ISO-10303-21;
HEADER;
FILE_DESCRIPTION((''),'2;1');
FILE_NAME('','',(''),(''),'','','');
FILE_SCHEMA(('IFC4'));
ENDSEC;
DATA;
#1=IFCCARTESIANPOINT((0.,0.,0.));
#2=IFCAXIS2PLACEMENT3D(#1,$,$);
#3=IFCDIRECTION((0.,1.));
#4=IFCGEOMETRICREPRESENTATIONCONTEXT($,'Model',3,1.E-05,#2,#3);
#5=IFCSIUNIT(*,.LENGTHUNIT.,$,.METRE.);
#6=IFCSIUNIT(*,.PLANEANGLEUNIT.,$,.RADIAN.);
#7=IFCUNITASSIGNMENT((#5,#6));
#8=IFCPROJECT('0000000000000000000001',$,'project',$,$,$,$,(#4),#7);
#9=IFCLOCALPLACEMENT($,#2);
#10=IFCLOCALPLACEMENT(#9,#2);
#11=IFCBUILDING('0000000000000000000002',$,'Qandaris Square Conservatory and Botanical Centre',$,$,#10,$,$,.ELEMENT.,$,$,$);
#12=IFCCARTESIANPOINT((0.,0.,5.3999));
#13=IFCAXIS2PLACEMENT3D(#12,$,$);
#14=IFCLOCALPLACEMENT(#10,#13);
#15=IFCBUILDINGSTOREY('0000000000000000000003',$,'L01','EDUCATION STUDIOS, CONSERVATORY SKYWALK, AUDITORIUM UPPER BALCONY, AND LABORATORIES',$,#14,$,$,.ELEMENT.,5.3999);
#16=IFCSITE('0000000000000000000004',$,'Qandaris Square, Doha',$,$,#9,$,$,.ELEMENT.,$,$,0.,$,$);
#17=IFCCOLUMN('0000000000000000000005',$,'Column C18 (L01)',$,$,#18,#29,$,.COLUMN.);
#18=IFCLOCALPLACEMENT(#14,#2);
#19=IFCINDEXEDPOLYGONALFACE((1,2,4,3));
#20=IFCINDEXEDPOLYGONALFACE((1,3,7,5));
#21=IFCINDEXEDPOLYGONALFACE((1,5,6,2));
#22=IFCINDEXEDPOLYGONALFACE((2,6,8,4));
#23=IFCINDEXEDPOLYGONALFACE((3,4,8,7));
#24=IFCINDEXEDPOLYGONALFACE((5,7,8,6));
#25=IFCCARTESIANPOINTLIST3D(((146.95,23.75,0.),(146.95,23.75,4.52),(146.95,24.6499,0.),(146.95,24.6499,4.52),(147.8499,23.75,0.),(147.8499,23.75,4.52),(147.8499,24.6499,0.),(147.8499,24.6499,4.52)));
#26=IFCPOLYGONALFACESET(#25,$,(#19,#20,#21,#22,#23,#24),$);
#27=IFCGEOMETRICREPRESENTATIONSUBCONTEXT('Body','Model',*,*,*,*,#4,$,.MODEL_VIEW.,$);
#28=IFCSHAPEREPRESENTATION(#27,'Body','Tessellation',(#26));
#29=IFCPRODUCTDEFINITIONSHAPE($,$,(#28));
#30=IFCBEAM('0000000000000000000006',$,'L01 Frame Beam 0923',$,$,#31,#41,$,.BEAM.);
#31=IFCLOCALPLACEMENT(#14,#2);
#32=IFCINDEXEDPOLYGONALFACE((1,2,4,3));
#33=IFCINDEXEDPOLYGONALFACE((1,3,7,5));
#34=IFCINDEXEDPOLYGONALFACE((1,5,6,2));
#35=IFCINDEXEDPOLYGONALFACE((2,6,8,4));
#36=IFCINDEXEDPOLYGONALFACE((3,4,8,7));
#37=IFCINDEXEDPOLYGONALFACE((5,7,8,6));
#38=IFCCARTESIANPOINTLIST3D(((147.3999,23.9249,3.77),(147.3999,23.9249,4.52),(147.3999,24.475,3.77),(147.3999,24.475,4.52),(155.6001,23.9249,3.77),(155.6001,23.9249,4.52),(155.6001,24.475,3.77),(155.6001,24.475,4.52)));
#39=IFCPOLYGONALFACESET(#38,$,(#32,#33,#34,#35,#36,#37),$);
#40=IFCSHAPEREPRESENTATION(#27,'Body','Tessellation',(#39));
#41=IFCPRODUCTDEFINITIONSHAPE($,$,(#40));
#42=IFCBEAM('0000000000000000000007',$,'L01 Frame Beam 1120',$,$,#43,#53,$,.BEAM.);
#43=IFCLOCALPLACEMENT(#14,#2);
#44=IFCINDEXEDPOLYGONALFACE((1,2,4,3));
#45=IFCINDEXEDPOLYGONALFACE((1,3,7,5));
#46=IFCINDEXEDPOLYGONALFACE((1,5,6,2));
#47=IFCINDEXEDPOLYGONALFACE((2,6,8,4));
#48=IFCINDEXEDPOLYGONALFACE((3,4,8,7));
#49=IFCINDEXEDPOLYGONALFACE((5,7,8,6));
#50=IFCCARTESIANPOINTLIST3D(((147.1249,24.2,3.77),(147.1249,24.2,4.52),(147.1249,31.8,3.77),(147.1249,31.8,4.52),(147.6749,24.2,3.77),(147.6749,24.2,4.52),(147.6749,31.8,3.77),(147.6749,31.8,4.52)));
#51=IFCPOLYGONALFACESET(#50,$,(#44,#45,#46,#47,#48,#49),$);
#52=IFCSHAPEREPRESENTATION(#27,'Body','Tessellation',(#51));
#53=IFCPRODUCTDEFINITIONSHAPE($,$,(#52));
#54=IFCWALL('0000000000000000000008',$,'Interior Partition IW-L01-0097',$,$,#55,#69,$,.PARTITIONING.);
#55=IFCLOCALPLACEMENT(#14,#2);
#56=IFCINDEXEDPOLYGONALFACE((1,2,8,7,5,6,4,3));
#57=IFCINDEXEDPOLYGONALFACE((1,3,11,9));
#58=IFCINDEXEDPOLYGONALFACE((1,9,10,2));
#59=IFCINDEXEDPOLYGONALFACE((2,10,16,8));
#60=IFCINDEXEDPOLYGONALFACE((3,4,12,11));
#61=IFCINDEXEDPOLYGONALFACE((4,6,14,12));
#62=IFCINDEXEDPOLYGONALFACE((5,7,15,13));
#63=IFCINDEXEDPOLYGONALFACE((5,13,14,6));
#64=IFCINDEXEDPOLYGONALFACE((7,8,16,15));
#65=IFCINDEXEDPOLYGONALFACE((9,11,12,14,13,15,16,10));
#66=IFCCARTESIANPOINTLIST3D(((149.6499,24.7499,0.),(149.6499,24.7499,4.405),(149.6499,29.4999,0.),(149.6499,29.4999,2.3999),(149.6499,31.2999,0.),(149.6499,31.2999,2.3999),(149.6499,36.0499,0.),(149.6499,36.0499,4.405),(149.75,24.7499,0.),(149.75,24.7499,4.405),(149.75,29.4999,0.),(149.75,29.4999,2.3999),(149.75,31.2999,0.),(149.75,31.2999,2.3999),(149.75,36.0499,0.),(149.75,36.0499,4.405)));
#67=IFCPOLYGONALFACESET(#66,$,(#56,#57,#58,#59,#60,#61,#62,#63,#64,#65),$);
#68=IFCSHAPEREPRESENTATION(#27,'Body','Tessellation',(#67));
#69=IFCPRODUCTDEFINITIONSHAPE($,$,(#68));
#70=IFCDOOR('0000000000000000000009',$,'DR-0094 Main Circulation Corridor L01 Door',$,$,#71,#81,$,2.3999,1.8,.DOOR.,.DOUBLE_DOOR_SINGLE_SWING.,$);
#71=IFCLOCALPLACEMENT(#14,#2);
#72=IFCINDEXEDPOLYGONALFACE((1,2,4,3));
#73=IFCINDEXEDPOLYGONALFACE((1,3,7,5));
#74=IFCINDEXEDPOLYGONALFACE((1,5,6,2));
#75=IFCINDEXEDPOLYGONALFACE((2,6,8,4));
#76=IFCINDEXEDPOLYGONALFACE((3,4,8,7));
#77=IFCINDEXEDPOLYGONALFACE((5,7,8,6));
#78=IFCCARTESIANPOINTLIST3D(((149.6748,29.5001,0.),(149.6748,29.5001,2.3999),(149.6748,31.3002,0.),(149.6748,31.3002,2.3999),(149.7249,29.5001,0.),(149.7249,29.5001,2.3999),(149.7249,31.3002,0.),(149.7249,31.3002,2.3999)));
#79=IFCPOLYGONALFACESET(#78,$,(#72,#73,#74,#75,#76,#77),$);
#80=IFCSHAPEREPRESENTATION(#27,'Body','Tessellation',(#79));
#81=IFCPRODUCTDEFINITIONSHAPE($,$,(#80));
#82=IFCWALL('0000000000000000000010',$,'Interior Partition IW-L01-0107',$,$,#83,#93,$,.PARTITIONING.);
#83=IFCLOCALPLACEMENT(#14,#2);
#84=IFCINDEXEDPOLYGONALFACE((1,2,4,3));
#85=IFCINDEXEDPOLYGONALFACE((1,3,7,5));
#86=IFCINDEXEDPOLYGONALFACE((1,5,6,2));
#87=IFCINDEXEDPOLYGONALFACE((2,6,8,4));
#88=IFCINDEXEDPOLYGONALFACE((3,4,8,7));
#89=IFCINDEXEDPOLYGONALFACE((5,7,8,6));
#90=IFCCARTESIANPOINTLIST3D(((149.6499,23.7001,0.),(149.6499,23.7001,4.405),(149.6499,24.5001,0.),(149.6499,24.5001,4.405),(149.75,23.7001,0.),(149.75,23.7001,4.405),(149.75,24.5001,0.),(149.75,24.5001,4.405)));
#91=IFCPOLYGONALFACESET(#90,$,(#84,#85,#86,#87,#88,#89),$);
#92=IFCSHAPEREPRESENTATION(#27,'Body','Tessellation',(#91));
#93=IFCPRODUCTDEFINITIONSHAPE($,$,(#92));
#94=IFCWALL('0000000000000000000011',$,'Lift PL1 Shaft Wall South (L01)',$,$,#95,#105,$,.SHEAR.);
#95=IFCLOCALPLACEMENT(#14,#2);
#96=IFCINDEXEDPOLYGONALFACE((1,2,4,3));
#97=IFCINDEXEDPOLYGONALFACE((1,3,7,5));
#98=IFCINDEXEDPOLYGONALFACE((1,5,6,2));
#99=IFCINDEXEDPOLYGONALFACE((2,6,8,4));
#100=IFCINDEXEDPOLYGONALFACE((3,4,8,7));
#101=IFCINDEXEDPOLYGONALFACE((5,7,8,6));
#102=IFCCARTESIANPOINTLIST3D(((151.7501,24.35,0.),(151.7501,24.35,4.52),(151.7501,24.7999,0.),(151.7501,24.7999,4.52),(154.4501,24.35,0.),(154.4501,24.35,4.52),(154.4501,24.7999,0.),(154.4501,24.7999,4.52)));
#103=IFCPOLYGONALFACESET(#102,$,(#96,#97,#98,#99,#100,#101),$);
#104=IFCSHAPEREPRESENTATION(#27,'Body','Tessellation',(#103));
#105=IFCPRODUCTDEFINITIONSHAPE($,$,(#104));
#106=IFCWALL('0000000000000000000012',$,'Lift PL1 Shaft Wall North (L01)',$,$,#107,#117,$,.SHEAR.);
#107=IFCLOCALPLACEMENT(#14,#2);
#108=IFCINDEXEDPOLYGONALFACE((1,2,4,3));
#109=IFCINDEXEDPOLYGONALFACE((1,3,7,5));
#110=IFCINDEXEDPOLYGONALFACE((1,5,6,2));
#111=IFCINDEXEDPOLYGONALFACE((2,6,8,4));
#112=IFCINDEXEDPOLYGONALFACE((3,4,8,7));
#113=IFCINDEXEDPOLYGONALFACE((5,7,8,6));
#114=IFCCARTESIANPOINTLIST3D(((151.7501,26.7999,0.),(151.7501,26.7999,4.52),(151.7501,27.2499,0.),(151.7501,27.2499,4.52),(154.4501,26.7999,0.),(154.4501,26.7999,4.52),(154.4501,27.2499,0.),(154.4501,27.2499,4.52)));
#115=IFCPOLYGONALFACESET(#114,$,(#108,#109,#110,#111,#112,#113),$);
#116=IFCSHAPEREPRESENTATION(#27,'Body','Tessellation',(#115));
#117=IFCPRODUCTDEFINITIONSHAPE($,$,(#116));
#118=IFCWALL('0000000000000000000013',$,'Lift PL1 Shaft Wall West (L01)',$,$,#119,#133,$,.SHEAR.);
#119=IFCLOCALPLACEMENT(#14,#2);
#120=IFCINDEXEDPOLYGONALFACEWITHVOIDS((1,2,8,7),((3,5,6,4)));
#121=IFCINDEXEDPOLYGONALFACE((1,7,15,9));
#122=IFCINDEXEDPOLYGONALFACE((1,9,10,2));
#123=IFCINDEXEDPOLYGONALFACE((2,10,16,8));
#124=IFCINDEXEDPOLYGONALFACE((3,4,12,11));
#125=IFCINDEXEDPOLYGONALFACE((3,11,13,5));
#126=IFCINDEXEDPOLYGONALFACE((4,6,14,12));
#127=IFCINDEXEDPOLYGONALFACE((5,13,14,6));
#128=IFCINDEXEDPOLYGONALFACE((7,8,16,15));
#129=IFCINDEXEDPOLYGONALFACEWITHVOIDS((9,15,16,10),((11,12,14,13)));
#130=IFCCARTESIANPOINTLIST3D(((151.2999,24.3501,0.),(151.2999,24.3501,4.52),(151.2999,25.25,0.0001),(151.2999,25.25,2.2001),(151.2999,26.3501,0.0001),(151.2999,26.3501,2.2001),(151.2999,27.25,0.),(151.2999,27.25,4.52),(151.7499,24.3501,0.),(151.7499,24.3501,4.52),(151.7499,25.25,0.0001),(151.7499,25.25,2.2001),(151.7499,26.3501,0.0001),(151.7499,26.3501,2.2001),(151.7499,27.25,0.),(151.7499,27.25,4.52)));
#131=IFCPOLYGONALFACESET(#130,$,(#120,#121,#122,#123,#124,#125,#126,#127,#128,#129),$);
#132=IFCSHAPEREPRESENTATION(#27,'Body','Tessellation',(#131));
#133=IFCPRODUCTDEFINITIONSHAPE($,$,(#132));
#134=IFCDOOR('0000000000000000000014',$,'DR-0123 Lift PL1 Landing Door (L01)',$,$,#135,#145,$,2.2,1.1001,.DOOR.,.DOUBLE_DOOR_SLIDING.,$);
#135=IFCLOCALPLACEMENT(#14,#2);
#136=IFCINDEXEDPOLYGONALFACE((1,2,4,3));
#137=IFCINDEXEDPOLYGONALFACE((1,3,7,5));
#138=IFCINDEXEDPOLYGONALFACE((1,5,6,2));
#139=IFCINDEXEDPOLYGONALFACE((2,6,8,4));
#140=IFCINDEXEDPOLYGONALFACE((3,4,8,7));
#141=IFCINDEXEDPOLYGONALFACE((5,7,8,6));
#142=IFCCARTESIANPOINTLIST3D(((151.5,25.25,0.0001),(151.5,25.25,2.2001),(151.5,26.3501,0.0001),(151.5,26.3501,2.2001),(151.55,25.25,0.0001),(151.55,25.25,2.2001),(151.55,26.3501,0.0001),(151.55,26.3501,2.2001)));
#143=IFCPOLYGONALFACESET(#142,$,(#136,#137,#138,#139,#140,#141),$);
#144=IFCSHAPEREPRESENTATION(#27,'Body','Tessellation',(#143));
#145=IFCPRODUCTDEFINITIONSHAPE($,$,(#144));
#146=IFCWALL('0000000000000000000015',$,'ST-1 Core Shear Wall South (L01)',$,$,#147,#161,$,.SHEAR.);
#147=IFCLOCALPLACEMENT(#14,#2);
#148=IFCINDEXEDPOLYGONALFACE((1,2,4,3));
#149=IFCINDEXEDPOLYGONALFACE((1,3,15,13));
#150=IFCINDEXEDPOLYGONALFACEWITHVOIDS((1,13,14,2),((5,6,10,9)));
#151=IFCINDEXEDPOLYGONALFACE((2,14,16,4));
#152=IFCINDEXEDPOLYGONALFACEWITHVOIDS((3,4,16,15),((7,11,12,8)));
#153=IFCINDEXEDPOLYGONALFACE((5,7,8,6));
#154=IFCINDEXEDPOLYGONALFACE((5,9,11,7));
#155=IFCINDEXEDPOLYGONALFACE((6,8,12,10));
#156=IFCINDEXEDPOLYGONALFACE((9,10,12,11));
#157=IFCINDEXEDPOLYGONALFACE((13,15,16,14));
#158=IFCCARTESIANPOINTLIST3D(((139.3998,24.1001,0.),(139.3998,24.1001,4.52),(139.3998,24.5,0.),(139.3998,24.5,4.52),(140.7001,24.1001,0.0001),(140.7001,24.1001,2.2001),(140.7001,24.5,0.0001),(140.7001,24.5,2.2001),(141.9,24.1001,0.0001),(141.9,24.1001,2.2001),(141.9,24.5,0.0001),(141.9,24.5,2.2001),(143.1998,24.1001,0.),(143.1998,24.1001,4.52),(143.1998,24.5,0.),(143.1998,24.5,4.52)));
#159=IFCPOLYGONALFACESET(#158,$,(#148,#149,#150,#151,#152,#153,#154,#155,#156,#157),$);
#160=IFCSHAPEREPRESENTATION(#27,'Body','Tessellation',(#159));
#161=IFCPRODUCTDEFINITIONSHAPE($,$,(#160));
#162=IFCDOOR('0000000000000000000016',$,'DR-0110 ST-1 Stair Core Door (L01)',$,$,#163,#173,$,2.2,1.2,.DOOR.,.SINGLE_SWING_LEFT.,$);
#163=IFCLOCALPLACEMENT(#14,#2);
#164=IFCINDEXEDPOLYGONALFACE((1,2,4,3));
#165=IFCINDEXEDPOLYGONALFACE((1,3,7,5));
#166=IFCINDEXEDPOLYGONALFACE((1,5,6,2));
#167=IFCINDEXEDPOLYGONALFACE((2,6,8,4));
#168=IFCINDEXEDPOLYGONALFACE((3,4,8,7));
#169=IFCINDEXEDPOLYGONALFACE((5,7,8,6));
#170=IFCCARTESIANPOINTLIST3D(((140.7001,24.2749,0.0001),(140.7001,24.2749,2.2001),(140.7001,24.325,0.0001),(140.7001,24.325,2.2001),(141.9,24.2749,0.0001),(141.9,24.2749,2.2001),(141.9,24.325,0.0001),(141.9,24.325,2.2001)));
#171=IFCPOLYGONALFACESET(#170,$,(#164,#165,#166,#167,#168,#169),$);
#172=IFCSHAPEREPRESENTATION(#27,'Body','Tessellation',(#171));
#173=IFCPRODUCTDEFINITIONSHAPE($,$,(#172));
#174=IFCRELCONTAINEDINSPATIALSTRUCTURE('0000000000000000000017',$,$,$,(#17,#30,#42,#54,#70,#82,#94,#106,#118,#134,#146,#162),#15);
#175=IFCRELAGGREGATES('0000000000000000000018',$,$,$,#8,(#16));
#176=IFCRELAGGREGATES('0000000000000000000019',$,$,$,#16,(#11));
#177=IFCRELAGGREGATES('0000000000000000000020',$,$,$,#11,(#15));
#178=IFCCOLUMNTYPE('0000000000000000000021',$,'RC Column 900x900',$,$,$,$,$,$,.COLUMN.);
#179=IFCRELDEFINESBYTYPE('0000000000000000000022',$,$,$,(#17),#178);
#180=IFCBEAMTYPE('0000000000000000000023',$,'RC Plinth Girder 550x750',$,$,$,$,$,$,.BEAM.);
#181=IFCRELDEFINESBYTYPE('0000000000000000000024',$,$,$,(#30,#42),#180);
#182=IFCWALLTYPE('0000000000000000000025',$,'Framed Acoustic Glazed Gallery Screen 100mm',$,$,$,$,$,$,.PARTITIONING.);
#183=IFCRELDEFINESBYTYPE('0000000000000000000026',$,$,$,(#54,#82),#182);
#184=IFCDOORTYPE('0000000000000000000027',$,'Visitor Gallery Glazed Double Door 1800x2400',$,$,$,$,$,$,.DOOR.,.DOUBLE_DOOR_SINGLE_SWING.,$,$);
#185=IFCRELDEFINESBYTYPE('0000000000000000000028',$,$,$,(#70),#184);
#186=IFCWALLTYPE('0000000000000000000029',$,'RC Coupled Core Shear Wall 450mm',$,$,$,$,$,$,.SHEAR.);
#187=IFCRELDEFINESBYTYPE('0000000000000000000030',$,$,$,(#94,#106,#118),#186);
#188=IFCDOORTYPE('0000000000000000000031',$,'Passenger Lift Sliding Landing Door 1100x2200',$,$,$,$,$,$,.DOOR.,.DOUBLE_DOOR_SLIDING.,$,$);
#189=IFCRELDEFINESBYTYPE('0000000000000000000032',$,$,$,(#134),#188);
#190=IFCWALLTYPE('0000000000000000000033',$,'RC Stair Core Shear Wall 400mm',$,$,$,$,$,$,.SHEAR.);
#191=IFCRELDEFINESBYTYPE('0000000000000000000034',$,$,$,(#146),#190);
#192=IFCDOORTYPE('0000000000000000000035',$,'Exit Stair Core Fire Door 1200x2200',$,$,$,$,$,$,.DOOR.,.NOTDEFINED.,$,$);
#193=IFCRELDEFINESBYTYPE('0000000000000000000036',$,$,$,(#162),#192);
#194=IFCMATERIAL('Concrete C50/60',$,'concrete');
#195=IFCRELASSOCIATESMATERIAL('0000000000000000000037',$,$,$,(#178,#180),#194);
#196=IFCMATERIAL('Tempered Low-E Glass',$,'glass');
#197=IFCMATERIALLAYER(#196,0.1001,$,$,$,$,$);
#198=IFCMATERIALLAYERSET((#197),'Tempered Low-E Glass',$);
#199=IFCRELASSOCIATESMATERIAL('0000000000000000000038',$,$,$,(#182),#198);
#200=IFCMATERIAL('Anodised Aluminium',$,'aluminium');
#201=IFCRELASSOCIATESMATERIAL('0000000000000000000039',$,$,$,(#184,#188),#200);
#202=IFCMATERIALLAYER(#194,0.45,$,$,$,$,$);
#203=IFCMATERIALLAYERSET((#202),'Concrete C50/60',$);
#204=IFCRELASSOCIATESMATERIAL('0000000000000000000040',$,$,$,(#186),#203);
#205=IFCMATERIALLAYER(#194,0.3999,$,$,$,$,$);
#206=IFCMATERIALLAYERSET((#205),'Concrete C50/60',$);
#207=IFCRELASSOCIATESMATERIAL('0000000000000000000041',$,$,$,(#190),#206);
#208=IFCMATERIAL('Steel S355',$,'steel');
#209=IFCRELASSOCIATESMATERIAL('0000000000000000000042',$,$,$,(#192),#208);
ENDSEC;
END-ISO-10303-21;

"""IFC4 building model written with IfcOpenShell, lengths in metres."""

from ifc_helpers import new_model, si_unit, direction, frame, frame_2d, origin, origin_2d, place, context, subcontext, project, spatial, rectangle, extrude, material, layer, layer_set, material_profile, profile_set, type_object, element, fill, save


model = new_model("IFC4")

# Units and contexts
model_context = context("Model", 3, precision=1e-05, world=origin(), true_north=direction((0.0, 1.0)))
body_context = subcontext(model_context, "Body", "Model", "MODEL_VIEW")
ifc_project = project(units=[si_unit("LENGTHUNIT", "METRE"), si_unit("PLANEANGLEUNIT", "RADIAN")], contexts=[model_context])

# Site, building, storey
site_placement = place(None, origin())
site = spatial("IfcSite", under=ifc_project, at=site_placement, Name="Qandaris Square, Doha", CompositionType="ELEMENT", RefElevation=0.0)
building_placement = place(site_placement, origin())
building = spatial("IfcBuilding", under=site, at=building_placement, Name="Qandaris Square Conservatory and Botanical Centre", CompositionType="ELEMENT")
storey_placement = place(building_placement, frame((0.0, 0.0, 5.3999)))
storey = spatial("IfcBuildingStorey", under=building, at=storey_placement, Name="L01", Description="EDUCATION STUDIOS, CONSERVATORY SKYWALK, AUDITORIUM UPPER BALCONY, AND LABORATORIES", CompositionType="ELEMENT", Elevation=5.3999)

# Column
ifc_material_1 = material(Name="Concrete C50/60", Category="concrete")
ifc_material_profile_1 = material_profile(ifc_material_1, rectangle(XDim=0.8999, YDim=0.8999, at=origin_2d()), Name="RC-COL 900x900")
ifc_profile_set_1 = profile_set([ifc_material_profile_1], Name="Concrete C50/60")
column_type = type_object("IfcColumnType", Name="RC Column 900x900", PredefinedType="COLUMN", material=ifc_profile_set_1)
column_placement = place(storey_placement, frame((147.3999, 24.2, 0.0), z_axis=(0.0, 0.0, 1.0), x_axis=(1.0, 0.0, 0.0)))
element("IfcColumn", 1, at=column_placement, inside=storey, type_object=column_type, Name="Column C18 (L01)", PredefinedType="COLUMN", context=body_context, shape_type="SweptSolid", body=[
    extrude(rectangle(XDim=0.8999, YDim=0.8999, at=origin_2d()), origin(), (0.0, 0.0, 1.0), 4.52),
])

# Beams
ifc_material_profile_2 = material_profile(ifc_material_1, rectangle(XDim=0.55, YDim=0.75, at=origin_2d()), Name="RC-BM 550x750")
ifc_profile_set_2 = profile_set([ifc_material_profile_2], Name="Concrete C50/60")
beam_type = type_object("IfcBeamType", Name="RC Plinth Girder 550x750", PredefinedType="BEAM", material=ifc_profile_set_2)
beam_1_placement = place(storey_placement, frame((147.3999, 24.2, 4.145), z_axis=(1.0, 0.0, 0.0), x_axis=(0.0, 1.0, 0.0)))
element("IfcBeam", 2, at=beam_1_placement, inside=storey, type_object=beam_type, Name="L01 Frame Beam 0923", PredefinedType="BEAM", context=body_context, shape_type="SweptSolid", body=[
    extrude(rectangle(XDim=0.55, YDim=0.75, at=origin_2d()), origin(), (0.0, 0.0, 1.0), 8.2002),
])
beam_2_placement = place(storey_placement, frame((147.3999, 24.2, 4.145), z_axis=(0.0, 1.0, 0.0), x_axis=(-1.0, 0.0, 0.0)))
element("IfcBeam", 3, at=beam_2_placement, inside=storey, type_object=beam_type, Name="L01 Frame Beam 1120", PredefinedType="BEAM", context=body_context, shape_type="SweptSolid", body=[
    extrude(rectangle(XDim=0.55, YDim=0.75, at=origin_2d()), origin(), (0.0, 0.0, 1.0), 7.6001),
])

# Wall, opening, door
ifc_material_2 = material(Name="Tempered Low-E Glass", Category="glass")
ifc_layer_1 = layer(ifc_material_2, 0.1001)
ifc_layer_set_1 = layer_set([ifc_layer_1], Name="Tempered Low-E Glass")
wall_type_1 = type_object("IfcWallType", Name="Framed Acoustic Glazed Gallery Screen 100mm", PredefinedType="PARTITIONING", material=ifc_layer_set_1)
wall_1_placement = place(storey_placement, frame((149.7, 24.75, 0.0), z_axis=(0.0, 0.0, 1.0), x_axis=(0.0, 1.0, 0.0)))
wall_1 = element("IfcWall", 4, at=wall_1_placement, inside=storey, type_object=wall_type_1, Name="Interior Partition IW-L01-0097", PredefinedType="PARTITIONING", context=body_context, shape_type="SweptSolid", body=[
    extrude(rectangle(XDim=11.3, YDim=0.1001, at=frame_2d((5.6499, 0.0))), origin(), (0.0, 0.0, 1.0), 4.405),
])
opening_1_placement = place(wall_1_placement, frame((4.75, 0.0, 0.0)))
opening_1 = element("IfcOpeningElement", 5, at=opening_1_placement, cuts=wall_1, PredefinedType="OPENING", context=body_context, shape_type="SweptSolid", body=[
    extrude(rectangle(XDim=1.8, YDim=2.3999, at=frame_2d((0.8999, 1.2))), frame((0.0, 0.062, 0.0), z_axis=(0.0, -1.0, 0.0), x_axis=(1.0, 0.0, 0.0)), (0.0, 0.0, 1.0), 0.124),
])
ifc_material_3 = material(Name="Anodised Aluminium", Category="aluminium")
door_type_1 = type_object("IfcDoorType", Name="Visitor Gallery Glazed Double Door 1800x2400", OperationType="DOUBLE_DOOR_SINGLE_SWING", PredefinedType="DOOR", material=ifc_material_3)
door_1_placement = place(opening_1_placement, frame((1.8, 0.0, 0.0), z_axis=(0.0, 0.0, 1.0), x_axis=(-1.0, 0.0, 0.0)))
door_1 = element("IfcDoor", 6, at=door_1_placement, inside=storey, type_object=door_type_1, Name="DR-0094 Main Circulation Corridor L01 Door", OperationType="DOUBLE_DOOR_SINGLE_SWING", OverallHeight=2.3999, OverallWidth=1.8, PredefinedType="DOOR", context=body_context, shape_type="SweptSolid", body=[
    extrude(rectangle(XDim=1.8, YDim=2.3999, at=frame_2d((0.8999, 1.2))), frame((0.0, 0.0249, 0.0), z_axis=(0.0, -1.0, 0.0), x_axis=(1.0, 0.0, 0.0)), (0.0, 0.0, 1.0), 0.05),
])
fill(opening_1, door_1)

# Walls
wall_2_placement = place(storey_placement, frame((149.7, 24.5, 0.0), z_axis=(0.0, 0.0, 1.0), x_axis=(0.0, -1.0, 0.0)))
element("IfcWall", 7, at=wall_2_placement, inside=storey, type_object=wall_type_1, Name="Interior Partition IW-L01-0107", PredefinedType="PARTITIONING", context=body_context, shape_type="SweptSolid", body=[
    extrude(rectangle(XDim=0.8, YDim=0.1001, at=frame_2d((0.3999, 0.0))), origin(), (0.0, 0.0, 1.0), 4.405),
])
ifc_layer_2 = layer(ifc_material_1, 0.45)
ifc_layer_set_2 = layer_set([ifc_layer_2], Name="Concrete C50/60")
wall_type_2 = type_object("IfcWallType", Name="RC Coupled Core Shear Wall 450mm", PredefinedType="SHEAR", material=ifc_layer_set_2)
for number, where, z_axis, x_axis, name in (
    (8, (151.75, 24.575, 0.0), (0.0, 0.0, 1.0), (1.0, 0.0, 0.0), "Lift PL1 Shaft Wall South (L01)"),
    (9, (151.75, 27.0249, 0.0), (0.0, 0.0, 1.0), (1.0, 0.0, 0.0), "Lift PL1 Shaft Wall North (L01)"),
):
    element("IfcWall", number, at=place(storey_placement, frame(where, z_axis=z_axis, x_axis=x_axis)), inside=storey, type_object=wall_type_2, Name=name, PredefinedType="SHEAR", context=body_context, shape_type="SweptSolid", body=[
        extrude(rectangle(XDim=2.7, YDim=0.45, at=frame_2d((1.3501, 0.0))), origin(), (0.0, 0.0, 1.0), 4.52),
    ])

# Walls, openings, doors
wall_3_placement = place(storey_placement, frame((151.5249, 24.3501, 0.0), z_axis=(0.0, 0.0, 1.0), x_axis=(0.0, 1.0, 0.0)))
wall_3 = element("IfcWall", 10, at=wall_3_placement, inside=storey, type_object=wall_type_2, Name="Lift PL1 Shaft Wall West (L01)", PredefinedType="SHEAR", context=body_context, shape_type="SweptSolid", body=[
    extrude(rectangle(XDim=2.8999, YDim=0.45, at=frame_2d((1.45, 0.0))), origin(), (0.0, 0.0, 1.0), 4.52),
])
opening_2_placement = place(wall_3_placement, frame((0.8999, 0.0, 0.0)))
opening_2 = element("IfcOpeningElement", 11, at=opening_2_placement, cuts=wall_3, PredefinedType="OPENING", context=body_context, shape_type="SweptSolid", body=[
    extrude(rectangle(XDim=1.1001, YDim=2.2, at=frame_2d((0.55, 1.1001))), frame((0.0, 0.2368, 0.0), z_axis=(0.0, -1.0, 0.0), x_axis=(1.0, 0.0, 0.0)), (0.0, 0.0, 1.0), 0.4739),
])
door_type_2 = type_object("IfcDoorType", Name="Passenger Lift Sliding Landing Door 1100x2200", OperationType="DOUBLE_DOOR_SLIDING", PredefinedType="DOOR", material=ifc_material_3)
door_2_placement = place(opening_2_placement, origin())
door_2 = element("IfcDoor", 12, at=door_2_placement, inside=storey, type_object=door_type_2, Name="DR-0123 Lift PL1 Landing Door (L01)", OperationType="DOUBLE_DOOR_SLIDING", OverallHeight=2.2, OverallWidth=1.1001, PredefinedType="DOOR", context=body_context, shape_type="SweptSolid", body=[
    extrude(rectangle(XDim=1.1001, YDim=2.2, at=frame_2d((0.55, 1.1001))), frame((0.0, 0.0249, 0.0), z_axis=(0.0, -1.0, 0.0), x_axis=(1.0, 0.0, 0.0)), (0.0, 0.0, 1.0), 0.05),
])
fill(opening_2, door_2)
ifc_layer_3 = layer(ifc_material_1, 0.3999)
ifc_layer_set_3 = layer_set([ifc_layer_3], Name="Concrete C50/60")
wall_type_3 = type_object("IfcWallType", Name="RC Stair Core Shear Wall 400mm", PredefinedType="SHEAR", material=ifc_layer_set_3)
wall_4_placement = place(storey_placement, frame((139.3999, 24.3, 0.0), z_axis=(0.0, 0.0, 1.0), x_axis=(1.0, 0.0, 0.0)))
wall_4 = element("IfcWall", 13, at=wall_4_placement, inside=storey, type_object=wall_type_3, Name="ST-1 Core Shear Wall South (L01)", PredefinedType="SHEAR", context=body_context, shape_type="SweptSolid", body=[
    extrude(rectangle(XDim=3.8, YDim=0.3999, at=frame_2d((1.8999, 0.0))), origin(), (0.0, 0.0, 1.0), 4.52),
])
opening_3_placement = place(wall_4_placement, frame((1.3, 0.0, 0.0)))
opening_3 = element("IfcOpeningElement", 14, at=opening_3_placement, cuts=wall_4, PredefinedType="OPENING", context=body_context, shape_type="SweptSolid", body=[
    extrude(rectangle(XDim=1.2, YDim=2.2, at=frame_2d((0.6001, 1.1001))), frame((0.0, 0.2119, 0.0), z_axis=(0.0, -1.0, 0.0), x_axis=(1.0, 0.0, 0.0)), (0.0, 0.0, 1.0), 0.4238),
])
ifc_material_4 = material(Name="Steel S355", Category="steel")
door_type_3 = type_object("IfcDoorType", Name="Exit Stair Core Fire Door 1200x2200", OperationType="NOTDEFINED", PredefinedType="DOOR", material=ifc_material_4)
door_3_placement = place(opening_3_placement, origin())
door_3 = element("IfcDoor", 15, at=door_3_placement, inside=storey, type_object=door_type_3, Name="DR-0110 ST-1 Stair Core Door (L01)", OperationType="SINGLE_SWING_LEFT", OverallHeight=2.2, OverallWidth=1.2, PredefinedType="DOOR", context=body_context, shape_type="SweptSolid", body=[
    extrude(rectangle(XDim=1.2, YDim=2.2, at=frame_2d((0.6001, 1.1001))), frame((0.0, 0.0249, 0.0), z_axis=(0.0, -1.0, 0.0), x_axis=(1.0, 0.0, 0.0)), (0.0, 0.0, 1.0), 0.05),
])
fill(opening_3, door_3)

save(model, "model.ifc")
